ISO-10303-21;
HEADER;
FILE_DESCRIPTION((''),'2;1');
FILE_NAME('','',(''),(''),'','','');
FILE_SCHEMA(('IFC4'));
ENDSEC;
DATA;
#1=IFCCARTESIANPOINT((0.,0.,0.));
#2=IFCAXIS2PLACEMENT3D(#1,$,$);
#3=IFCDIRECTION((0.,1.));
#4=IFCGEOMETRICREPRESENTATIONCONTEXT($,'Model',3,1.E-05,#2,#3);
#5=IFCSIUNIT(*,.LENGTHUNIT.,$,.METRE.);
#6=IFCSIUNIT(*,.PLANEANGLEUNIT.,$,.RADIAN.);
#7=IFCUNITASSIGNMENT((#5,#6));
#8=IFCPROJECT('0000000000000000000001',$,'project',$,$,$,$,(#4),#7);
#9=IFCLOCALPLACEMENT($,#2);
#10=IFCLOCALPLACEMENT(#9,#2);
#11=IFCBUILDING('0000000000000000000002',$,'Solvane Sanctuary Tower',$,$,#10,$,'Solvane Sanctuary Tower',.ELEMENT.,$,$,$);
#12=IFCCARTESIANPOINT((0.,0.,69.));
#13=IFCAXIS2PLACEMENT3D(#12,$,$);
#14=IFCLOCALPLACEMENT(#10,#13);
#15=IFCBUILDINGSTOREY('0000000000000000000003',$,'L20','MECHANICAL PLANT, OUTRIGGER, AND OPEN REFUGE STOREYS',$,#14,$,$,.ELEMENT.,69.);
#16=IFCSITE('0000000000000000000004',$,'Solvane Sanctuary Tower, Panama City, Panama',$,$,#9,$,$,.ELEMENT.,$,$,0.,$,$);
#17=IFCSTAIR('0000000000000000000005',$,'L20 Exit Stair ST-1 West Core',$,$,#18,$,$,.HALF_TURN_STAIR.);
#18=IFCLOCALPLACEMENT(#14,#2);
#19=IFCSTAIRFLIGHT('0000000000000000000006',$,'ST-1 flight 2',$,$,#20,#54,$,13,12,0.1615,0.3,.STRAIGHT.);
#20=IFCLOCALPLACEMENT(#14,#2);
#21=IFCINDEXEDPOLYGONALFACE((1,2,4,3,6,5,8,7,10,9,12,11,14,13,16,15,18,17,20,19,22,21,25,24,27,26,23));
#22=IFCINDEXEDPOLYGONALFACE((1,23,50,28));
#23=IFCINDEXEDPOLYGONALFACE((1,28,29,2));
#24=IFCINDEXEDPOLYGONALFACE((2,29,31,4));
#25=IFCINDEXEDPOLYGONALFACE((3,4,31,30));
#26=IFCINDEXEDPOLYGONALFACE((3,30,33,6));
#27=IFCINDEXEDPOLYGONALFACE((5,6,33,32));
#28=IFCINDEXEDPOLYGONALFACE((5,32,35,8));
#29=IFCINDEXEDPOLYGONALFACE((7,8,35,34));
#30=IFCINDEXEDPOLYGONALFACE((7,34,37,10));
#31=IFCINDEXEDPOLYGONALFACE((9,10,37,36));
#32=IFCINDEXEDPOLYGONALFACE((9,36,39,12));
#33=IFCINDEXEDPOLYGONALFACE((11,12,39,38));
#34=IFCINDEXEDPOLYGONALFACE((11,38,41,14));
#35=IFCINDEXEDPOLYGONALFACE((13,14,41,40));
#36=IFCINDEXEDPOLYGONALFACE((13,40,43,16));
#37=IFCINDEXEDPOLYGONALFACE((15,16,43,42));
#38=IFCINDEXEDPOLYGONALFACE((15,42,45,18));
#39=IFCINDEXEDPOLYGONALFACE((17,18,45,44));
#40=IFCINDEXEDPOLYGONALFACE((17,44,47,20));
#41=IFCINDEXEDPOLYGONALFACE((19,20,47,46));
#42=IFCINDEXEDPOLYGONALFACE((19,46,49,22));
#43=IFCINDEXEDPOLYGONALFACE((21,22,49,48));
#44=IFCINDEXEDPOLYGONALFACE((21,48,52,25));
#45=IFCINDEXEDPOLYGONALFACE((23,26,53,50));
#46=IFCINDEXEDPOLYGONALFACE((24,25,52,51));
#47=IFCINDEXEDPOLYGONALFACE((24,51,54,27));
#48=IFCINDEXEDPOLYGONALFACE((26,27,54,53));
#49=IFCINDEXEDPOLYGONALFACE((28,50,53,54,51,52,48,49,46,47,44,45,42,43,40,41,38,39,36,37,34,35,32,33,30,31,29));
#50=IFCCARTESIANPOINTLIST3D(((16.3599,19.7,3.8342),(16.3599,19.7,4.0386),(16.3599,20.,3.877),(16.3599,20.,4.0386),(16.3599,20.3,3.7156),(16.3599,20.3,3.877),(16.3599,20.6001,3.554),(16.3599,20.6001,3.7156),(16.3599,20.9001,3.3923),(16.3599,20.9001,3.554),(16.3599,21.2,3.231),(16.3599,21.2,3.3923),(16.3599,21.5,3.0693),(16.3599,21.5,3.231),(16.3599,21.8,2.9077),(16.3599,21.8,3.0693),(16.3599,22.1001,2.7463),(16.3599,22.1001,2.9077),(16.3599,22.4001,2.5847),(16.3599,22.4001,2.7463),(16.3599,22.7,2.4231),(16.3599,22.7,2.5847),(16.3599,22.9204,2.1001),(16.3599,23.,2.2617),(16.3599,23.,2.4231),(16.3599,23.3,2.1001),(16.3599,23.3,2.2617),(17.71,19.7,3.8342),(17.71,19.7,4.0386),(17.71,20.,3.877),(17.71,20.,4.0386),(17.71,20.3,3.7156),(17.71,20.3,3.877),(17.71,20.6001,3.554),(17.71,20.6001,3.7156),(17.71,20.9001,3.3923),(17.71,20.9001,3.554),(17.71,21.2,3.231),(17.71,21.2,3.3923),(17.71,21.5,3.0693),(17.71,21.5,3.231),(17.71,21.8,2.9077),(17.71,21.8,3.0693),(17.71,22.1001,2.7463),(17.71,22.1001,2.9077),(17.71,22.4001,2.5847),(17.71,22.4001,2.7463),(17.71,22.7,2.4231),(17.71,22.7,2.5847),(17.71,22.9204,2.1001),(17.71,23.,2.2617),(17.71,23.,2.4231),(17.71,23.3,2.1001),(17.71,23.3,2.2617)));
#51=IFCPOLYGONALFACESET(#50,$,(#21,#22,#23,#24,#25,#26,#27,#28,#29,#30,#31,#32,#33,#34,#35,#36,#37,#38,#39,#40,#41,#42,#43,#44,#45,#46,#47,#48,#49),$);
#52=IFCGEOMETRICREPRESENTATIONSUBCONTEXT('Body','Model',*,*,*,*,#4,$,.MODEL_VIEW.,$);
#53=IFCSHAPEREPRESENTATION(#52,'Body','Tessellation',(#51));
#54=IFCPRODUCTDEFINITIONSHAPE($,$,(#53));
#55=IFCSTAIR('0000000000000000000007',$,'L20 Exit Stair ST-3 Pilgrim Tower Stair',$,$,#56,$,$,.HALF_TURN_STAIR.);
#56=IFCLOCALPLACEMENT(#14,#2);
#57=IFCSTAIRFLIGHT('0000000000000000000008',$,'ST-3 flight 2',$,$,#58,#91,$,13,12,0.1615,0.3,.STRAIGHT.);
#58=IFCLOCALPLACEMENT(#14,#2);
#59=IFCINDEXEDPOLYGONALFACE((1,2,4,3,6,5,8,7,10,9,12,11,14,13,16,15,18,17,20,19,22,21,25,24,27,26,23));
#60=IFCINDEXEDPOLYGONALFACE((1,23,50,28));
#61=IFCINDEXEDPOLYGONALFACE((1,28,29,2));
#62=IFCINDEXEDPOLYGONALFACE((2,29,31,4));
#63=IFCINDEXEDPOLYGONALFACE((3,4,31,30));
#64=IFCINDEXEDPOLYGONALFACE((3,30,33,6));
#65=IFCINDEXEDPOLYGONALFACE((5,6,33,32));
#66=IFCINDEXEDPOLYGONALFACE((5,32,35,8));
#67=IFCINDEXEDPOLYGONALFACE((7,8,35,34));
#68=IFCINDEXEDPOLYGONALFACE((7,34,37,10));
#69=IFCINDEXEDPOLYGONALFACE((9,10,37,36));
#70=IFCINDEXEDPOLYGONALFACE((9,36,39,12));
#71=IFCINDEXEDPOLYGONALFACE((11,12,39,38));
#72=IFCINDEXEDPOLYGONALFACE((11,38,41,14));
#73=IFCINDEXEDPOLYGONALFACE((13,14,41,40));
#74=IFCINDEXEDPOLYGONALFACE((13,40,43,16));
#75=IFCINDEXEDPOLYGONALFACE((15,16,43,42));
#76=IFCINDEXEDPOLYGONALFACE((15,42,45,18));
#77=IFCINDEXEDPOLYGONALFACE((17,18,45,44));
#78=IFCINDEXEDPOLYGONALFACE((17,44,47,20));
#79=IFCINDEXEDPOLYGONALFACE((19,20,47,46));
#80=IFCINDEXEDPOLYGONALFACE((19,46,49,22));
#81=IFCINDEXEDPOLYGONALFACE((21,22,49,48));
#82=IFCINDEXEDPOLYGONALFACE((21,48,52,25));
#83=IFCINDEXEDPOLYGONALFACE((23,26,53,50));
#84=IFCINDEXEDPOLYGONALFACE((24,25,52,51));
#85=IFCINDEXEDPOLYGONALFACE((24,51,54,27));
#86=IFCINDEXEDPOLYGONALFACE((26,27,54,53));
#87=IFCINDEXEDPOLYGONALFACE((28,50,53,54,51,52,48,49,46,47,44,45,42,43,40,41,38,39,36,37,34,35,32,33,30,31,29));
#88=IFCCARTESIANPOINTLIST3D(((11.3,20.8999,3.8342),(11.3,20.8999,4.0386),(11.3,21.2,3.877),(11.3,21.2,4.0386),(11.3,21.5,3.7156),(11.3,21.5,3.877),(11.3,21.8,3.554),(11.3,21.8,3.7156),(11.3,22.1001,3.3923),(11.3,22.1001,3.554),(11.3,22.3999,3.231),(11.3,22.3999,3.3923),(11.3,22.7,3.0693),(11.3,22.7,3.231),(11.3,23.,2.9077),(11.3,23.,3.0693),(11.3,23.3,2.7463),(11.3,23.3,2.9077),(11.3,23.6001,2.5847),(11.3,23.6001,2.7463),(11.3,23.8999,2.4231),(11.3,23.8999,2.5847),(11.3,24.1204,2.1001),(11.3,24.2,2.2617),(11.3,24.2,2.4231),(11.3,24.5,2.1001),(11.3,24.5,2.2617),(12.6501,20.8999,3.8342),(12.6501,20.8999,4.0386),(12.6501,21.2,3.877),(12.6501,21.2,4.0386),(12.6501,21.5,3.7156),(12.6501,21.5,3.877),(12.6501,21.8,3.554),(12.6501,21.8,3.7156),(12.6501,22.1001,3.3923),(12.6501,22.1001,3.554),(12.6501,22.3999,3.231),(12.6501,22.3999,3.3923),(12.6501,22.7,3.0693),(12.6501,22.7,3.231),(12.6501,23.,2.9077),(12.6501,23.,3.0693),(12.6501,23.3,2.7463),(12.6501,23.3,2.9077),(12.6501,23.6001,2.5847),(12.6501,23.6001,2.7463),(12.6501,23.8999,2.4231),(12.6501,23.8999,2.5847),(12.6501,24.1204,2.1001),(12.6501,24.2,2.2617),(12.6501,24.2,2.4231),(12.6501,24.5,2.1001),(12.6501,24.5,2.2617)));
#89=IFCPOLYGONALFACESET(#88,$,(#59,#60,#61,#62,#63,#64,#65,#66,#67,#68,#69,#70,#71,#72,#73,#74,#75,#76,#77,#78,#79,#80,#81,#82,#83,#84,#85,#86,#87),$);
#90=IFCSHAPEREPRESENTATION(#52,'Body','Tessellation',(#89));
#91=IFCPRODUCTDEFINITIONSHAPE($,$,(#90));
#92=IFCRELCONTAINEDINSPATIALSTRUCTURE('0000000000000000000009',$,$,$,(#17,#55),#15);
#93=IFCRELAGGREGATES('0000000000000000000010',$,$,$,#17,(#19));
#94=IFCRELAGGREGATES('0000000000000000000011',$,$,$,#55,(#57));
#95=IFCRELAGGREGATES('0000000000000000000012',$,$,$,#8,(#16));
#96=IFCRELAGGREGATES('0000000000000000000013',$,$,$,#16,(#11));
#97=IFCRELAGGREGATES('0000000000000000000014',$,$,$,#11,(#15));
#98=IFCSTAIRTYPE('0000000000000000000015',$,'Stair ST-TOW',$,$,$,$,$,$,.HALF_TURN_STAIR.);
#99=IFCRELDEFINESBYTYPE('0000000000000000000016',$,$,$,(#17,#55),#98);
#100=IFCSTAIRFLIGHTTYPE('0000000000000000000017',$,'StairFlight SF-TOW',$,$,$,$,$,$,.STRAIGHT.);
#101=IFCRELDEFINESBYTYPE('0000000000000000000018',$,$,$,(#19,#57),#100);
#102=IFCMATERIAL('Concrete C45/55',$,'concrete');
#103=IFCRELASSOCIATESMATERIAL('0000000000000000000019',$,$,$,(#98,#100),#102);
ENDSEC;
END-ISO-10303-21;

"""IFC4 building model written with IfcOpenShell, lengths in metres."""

from ifc_helpers import new_model, si_unit, direction, frame, origin, place, context, subcontext, project, spatial, polyline, outline, extrude, material, type_object, element, aggregate, save


model = new_model("IFC4")

# Units and contexts
model_context = context("Model", 3, precision=1e-05, world=origin(), true_north=direction((0.0, 1.0)))
body_context = subcontext(model_context, "Body", "Model", "MODEL_VIEW")
ifc_project = project(units=[si_unit("LENGTHUNIT", "METRE"), si_unit("PLANEANGLEUNIT", "RADIAN")], contexts=[model_context])

# Site, building, storey
site_placement = place(None, origin())
site = spatial("IfcSite", under=ifc_project, at=site_placement, Name="Solvane Sanctuary Tower, Panama City, Panama", CompositionType="ELEMENT", RefElevation=0.0)
building_placement = place(site_placement, origin())
building = spatial("IfcBuilding", under=site, at=building_placement, Name="Solvane Sanctuary Tower", LongName="Solvane Sanctuary Tower", CompositionType="ELEMENT")
storey_placement = place(building_placement, frame((0.0, 0.0, 69.0)))
storey = spatial("IfcBuildingStorey", under=building, at=storey_placement, Name="L20", Description="MECHANICAL PLANT, OUTRIGGER, AND OPEN REFUGE STOREYS", CompositionType="ELEMENT", Elevation=69.0)

# Stairs, stair flights
ifc_material_1 = material(Name="Concrete C45/55", Category="concrete")
stair_type = type_object("IfcStairType", Name="Stair ST-TOW", PredefinedType="HALF_TURN_STAIR", material=ifc_material_1)
stair_1_placement = place(storey_placement, origin())
stair_1 = element("IfcStair", 1, at=stair_1_placement, inside=storey, type_object=stair_type, Name="L20 Exit Stair ST-1 West Core", PredefinedType="HALF_TURN_STAIR")
stair_flight_type = type_object("IfcStairFlightType", Name="StairFlight SF-TOW", PredefinedType="STRAIGHT", material=ifc_material_1)
stair_flight_1_placement = place(storey_placement, frame((17.0349, 23.3, 2.1001), z_axis=(0.0, 0.0, 1.0), x_axis=(0.0, -1.0, 0.0)))
stair_flight_1 = element("IfcStairFlight", 2, at=stair_flight_1_placement, type_object=stair_flight_type, Name="ST-1 flight 2", NumberOfRisers=13, NumberOfTreads=12, PredefinedType="STRAIGHT", RiserHeight=0.1615, TreadLength=0.3, context=body_context, shape_type="SweptSolid", body=[
    extrude(outline(polyline([(0.0, 0.0), (0.0, 0.1616), (0.3, 0.1616), (0.3, 0.323), (0.6001, 0.323), (0.6001, 0.4846), (0.8999, 0.4846), (0.8999, 0.6462), (1.2, 0.6462), (1.2, 0.8076), (1.5, 0.8076), (1.5, 0.9692), (1.8, 0.9692), (1.8, 1.1309), (2.1001, 1.1309), (2.1001, 1.2922), (2.3999, 1.2922), (2.3999, 1.4539), (2.7, 1.4539), (2.7, 1.6155), (3.0, 1.6155), (3.0, 1.7769), (3.3, 1.7769), (3.3, 1.9385), (3.6001, 1.9385), (3.6001, 2.1001), (3.6001, 1.7341), (0.3796, 0.0), (0.0, 0.0)])), frame((0.0, 0.675, 0.0), z_axis=(0.0, -1.0, 0.0), x_axis=(1.0, 0.0, 0.0)), (0.0, 0.0, 1.0), 1.3501),
])
aggregate(stair_1, [stair_flight_1])
stair_2_placement = place(storey_placement, origin())
stair_2 = element("IfcStair", 3, at=stair_2_placement, inside=storey, type_object=stair_type, Name="L20 Exit Stair ST-3 Pilgrim Tower Stair", PredefinedType="HALF_TURN_STAIR")
stair_flight_2_placement = place(storey_placement, frame((11.9751, 24.5, 2.1001), z_axis=(0.0, 0.0, 1.0), x_axis=(0.0, -1.0, 0.0)))
stair_flight_2 = element("IfcStairFlight", 4, at=stair_flight_2_placement, type_object=stair_flight_type, Name="ST-3 flight 2", NumberOfRisers=13, NumberOfTreads=12, PredefinedType="STRAIGHT", RiserHeight=0.1615, TreadLength=0.3, context=body_context, shape_type="SweptSolid", body=[
    extrude(outline(polyline([(0.0, 0.0), (0.0, 0.1616), (0.3, 0.1616), (0.3, 0.323), (0.6001, 0.323), (0.6001, 0.4846), (0.8999, 0.4846), (0.8999, 0.6462), (1.2, 0.6462), (1.2, 0.8076), (1.5, 0.8076), (1.5, 0.9692), (1.8, 0.9692), (1.8, 1.1309), (2.1001, 1.1309), (2.1001, 1.2922), (2.3999, 1.2922), (2.3999, 1.4539), (2.7, 1.4539), (2.7, 1.6155), (3.0, 1.6155), (3.0, 1.7769), (3.3, 1.7769), (3.3, 1.9385), (3.6001, 1.9385), (3.6001, 2.1001), (3.6001, 1.7341), (0.3796, 0.0), (0.0, 0.0)])), frame((0.0, 0.675, 0.0), z_axis=(0.0, -1.0, 0.0), x_axis=(1.0, 0.0, 0.0)), (0.0, 0.0, 1.0), 1.3501),
])
aggregate(stair_2, [stair_flight_2])

save(model, "model.ifc")
